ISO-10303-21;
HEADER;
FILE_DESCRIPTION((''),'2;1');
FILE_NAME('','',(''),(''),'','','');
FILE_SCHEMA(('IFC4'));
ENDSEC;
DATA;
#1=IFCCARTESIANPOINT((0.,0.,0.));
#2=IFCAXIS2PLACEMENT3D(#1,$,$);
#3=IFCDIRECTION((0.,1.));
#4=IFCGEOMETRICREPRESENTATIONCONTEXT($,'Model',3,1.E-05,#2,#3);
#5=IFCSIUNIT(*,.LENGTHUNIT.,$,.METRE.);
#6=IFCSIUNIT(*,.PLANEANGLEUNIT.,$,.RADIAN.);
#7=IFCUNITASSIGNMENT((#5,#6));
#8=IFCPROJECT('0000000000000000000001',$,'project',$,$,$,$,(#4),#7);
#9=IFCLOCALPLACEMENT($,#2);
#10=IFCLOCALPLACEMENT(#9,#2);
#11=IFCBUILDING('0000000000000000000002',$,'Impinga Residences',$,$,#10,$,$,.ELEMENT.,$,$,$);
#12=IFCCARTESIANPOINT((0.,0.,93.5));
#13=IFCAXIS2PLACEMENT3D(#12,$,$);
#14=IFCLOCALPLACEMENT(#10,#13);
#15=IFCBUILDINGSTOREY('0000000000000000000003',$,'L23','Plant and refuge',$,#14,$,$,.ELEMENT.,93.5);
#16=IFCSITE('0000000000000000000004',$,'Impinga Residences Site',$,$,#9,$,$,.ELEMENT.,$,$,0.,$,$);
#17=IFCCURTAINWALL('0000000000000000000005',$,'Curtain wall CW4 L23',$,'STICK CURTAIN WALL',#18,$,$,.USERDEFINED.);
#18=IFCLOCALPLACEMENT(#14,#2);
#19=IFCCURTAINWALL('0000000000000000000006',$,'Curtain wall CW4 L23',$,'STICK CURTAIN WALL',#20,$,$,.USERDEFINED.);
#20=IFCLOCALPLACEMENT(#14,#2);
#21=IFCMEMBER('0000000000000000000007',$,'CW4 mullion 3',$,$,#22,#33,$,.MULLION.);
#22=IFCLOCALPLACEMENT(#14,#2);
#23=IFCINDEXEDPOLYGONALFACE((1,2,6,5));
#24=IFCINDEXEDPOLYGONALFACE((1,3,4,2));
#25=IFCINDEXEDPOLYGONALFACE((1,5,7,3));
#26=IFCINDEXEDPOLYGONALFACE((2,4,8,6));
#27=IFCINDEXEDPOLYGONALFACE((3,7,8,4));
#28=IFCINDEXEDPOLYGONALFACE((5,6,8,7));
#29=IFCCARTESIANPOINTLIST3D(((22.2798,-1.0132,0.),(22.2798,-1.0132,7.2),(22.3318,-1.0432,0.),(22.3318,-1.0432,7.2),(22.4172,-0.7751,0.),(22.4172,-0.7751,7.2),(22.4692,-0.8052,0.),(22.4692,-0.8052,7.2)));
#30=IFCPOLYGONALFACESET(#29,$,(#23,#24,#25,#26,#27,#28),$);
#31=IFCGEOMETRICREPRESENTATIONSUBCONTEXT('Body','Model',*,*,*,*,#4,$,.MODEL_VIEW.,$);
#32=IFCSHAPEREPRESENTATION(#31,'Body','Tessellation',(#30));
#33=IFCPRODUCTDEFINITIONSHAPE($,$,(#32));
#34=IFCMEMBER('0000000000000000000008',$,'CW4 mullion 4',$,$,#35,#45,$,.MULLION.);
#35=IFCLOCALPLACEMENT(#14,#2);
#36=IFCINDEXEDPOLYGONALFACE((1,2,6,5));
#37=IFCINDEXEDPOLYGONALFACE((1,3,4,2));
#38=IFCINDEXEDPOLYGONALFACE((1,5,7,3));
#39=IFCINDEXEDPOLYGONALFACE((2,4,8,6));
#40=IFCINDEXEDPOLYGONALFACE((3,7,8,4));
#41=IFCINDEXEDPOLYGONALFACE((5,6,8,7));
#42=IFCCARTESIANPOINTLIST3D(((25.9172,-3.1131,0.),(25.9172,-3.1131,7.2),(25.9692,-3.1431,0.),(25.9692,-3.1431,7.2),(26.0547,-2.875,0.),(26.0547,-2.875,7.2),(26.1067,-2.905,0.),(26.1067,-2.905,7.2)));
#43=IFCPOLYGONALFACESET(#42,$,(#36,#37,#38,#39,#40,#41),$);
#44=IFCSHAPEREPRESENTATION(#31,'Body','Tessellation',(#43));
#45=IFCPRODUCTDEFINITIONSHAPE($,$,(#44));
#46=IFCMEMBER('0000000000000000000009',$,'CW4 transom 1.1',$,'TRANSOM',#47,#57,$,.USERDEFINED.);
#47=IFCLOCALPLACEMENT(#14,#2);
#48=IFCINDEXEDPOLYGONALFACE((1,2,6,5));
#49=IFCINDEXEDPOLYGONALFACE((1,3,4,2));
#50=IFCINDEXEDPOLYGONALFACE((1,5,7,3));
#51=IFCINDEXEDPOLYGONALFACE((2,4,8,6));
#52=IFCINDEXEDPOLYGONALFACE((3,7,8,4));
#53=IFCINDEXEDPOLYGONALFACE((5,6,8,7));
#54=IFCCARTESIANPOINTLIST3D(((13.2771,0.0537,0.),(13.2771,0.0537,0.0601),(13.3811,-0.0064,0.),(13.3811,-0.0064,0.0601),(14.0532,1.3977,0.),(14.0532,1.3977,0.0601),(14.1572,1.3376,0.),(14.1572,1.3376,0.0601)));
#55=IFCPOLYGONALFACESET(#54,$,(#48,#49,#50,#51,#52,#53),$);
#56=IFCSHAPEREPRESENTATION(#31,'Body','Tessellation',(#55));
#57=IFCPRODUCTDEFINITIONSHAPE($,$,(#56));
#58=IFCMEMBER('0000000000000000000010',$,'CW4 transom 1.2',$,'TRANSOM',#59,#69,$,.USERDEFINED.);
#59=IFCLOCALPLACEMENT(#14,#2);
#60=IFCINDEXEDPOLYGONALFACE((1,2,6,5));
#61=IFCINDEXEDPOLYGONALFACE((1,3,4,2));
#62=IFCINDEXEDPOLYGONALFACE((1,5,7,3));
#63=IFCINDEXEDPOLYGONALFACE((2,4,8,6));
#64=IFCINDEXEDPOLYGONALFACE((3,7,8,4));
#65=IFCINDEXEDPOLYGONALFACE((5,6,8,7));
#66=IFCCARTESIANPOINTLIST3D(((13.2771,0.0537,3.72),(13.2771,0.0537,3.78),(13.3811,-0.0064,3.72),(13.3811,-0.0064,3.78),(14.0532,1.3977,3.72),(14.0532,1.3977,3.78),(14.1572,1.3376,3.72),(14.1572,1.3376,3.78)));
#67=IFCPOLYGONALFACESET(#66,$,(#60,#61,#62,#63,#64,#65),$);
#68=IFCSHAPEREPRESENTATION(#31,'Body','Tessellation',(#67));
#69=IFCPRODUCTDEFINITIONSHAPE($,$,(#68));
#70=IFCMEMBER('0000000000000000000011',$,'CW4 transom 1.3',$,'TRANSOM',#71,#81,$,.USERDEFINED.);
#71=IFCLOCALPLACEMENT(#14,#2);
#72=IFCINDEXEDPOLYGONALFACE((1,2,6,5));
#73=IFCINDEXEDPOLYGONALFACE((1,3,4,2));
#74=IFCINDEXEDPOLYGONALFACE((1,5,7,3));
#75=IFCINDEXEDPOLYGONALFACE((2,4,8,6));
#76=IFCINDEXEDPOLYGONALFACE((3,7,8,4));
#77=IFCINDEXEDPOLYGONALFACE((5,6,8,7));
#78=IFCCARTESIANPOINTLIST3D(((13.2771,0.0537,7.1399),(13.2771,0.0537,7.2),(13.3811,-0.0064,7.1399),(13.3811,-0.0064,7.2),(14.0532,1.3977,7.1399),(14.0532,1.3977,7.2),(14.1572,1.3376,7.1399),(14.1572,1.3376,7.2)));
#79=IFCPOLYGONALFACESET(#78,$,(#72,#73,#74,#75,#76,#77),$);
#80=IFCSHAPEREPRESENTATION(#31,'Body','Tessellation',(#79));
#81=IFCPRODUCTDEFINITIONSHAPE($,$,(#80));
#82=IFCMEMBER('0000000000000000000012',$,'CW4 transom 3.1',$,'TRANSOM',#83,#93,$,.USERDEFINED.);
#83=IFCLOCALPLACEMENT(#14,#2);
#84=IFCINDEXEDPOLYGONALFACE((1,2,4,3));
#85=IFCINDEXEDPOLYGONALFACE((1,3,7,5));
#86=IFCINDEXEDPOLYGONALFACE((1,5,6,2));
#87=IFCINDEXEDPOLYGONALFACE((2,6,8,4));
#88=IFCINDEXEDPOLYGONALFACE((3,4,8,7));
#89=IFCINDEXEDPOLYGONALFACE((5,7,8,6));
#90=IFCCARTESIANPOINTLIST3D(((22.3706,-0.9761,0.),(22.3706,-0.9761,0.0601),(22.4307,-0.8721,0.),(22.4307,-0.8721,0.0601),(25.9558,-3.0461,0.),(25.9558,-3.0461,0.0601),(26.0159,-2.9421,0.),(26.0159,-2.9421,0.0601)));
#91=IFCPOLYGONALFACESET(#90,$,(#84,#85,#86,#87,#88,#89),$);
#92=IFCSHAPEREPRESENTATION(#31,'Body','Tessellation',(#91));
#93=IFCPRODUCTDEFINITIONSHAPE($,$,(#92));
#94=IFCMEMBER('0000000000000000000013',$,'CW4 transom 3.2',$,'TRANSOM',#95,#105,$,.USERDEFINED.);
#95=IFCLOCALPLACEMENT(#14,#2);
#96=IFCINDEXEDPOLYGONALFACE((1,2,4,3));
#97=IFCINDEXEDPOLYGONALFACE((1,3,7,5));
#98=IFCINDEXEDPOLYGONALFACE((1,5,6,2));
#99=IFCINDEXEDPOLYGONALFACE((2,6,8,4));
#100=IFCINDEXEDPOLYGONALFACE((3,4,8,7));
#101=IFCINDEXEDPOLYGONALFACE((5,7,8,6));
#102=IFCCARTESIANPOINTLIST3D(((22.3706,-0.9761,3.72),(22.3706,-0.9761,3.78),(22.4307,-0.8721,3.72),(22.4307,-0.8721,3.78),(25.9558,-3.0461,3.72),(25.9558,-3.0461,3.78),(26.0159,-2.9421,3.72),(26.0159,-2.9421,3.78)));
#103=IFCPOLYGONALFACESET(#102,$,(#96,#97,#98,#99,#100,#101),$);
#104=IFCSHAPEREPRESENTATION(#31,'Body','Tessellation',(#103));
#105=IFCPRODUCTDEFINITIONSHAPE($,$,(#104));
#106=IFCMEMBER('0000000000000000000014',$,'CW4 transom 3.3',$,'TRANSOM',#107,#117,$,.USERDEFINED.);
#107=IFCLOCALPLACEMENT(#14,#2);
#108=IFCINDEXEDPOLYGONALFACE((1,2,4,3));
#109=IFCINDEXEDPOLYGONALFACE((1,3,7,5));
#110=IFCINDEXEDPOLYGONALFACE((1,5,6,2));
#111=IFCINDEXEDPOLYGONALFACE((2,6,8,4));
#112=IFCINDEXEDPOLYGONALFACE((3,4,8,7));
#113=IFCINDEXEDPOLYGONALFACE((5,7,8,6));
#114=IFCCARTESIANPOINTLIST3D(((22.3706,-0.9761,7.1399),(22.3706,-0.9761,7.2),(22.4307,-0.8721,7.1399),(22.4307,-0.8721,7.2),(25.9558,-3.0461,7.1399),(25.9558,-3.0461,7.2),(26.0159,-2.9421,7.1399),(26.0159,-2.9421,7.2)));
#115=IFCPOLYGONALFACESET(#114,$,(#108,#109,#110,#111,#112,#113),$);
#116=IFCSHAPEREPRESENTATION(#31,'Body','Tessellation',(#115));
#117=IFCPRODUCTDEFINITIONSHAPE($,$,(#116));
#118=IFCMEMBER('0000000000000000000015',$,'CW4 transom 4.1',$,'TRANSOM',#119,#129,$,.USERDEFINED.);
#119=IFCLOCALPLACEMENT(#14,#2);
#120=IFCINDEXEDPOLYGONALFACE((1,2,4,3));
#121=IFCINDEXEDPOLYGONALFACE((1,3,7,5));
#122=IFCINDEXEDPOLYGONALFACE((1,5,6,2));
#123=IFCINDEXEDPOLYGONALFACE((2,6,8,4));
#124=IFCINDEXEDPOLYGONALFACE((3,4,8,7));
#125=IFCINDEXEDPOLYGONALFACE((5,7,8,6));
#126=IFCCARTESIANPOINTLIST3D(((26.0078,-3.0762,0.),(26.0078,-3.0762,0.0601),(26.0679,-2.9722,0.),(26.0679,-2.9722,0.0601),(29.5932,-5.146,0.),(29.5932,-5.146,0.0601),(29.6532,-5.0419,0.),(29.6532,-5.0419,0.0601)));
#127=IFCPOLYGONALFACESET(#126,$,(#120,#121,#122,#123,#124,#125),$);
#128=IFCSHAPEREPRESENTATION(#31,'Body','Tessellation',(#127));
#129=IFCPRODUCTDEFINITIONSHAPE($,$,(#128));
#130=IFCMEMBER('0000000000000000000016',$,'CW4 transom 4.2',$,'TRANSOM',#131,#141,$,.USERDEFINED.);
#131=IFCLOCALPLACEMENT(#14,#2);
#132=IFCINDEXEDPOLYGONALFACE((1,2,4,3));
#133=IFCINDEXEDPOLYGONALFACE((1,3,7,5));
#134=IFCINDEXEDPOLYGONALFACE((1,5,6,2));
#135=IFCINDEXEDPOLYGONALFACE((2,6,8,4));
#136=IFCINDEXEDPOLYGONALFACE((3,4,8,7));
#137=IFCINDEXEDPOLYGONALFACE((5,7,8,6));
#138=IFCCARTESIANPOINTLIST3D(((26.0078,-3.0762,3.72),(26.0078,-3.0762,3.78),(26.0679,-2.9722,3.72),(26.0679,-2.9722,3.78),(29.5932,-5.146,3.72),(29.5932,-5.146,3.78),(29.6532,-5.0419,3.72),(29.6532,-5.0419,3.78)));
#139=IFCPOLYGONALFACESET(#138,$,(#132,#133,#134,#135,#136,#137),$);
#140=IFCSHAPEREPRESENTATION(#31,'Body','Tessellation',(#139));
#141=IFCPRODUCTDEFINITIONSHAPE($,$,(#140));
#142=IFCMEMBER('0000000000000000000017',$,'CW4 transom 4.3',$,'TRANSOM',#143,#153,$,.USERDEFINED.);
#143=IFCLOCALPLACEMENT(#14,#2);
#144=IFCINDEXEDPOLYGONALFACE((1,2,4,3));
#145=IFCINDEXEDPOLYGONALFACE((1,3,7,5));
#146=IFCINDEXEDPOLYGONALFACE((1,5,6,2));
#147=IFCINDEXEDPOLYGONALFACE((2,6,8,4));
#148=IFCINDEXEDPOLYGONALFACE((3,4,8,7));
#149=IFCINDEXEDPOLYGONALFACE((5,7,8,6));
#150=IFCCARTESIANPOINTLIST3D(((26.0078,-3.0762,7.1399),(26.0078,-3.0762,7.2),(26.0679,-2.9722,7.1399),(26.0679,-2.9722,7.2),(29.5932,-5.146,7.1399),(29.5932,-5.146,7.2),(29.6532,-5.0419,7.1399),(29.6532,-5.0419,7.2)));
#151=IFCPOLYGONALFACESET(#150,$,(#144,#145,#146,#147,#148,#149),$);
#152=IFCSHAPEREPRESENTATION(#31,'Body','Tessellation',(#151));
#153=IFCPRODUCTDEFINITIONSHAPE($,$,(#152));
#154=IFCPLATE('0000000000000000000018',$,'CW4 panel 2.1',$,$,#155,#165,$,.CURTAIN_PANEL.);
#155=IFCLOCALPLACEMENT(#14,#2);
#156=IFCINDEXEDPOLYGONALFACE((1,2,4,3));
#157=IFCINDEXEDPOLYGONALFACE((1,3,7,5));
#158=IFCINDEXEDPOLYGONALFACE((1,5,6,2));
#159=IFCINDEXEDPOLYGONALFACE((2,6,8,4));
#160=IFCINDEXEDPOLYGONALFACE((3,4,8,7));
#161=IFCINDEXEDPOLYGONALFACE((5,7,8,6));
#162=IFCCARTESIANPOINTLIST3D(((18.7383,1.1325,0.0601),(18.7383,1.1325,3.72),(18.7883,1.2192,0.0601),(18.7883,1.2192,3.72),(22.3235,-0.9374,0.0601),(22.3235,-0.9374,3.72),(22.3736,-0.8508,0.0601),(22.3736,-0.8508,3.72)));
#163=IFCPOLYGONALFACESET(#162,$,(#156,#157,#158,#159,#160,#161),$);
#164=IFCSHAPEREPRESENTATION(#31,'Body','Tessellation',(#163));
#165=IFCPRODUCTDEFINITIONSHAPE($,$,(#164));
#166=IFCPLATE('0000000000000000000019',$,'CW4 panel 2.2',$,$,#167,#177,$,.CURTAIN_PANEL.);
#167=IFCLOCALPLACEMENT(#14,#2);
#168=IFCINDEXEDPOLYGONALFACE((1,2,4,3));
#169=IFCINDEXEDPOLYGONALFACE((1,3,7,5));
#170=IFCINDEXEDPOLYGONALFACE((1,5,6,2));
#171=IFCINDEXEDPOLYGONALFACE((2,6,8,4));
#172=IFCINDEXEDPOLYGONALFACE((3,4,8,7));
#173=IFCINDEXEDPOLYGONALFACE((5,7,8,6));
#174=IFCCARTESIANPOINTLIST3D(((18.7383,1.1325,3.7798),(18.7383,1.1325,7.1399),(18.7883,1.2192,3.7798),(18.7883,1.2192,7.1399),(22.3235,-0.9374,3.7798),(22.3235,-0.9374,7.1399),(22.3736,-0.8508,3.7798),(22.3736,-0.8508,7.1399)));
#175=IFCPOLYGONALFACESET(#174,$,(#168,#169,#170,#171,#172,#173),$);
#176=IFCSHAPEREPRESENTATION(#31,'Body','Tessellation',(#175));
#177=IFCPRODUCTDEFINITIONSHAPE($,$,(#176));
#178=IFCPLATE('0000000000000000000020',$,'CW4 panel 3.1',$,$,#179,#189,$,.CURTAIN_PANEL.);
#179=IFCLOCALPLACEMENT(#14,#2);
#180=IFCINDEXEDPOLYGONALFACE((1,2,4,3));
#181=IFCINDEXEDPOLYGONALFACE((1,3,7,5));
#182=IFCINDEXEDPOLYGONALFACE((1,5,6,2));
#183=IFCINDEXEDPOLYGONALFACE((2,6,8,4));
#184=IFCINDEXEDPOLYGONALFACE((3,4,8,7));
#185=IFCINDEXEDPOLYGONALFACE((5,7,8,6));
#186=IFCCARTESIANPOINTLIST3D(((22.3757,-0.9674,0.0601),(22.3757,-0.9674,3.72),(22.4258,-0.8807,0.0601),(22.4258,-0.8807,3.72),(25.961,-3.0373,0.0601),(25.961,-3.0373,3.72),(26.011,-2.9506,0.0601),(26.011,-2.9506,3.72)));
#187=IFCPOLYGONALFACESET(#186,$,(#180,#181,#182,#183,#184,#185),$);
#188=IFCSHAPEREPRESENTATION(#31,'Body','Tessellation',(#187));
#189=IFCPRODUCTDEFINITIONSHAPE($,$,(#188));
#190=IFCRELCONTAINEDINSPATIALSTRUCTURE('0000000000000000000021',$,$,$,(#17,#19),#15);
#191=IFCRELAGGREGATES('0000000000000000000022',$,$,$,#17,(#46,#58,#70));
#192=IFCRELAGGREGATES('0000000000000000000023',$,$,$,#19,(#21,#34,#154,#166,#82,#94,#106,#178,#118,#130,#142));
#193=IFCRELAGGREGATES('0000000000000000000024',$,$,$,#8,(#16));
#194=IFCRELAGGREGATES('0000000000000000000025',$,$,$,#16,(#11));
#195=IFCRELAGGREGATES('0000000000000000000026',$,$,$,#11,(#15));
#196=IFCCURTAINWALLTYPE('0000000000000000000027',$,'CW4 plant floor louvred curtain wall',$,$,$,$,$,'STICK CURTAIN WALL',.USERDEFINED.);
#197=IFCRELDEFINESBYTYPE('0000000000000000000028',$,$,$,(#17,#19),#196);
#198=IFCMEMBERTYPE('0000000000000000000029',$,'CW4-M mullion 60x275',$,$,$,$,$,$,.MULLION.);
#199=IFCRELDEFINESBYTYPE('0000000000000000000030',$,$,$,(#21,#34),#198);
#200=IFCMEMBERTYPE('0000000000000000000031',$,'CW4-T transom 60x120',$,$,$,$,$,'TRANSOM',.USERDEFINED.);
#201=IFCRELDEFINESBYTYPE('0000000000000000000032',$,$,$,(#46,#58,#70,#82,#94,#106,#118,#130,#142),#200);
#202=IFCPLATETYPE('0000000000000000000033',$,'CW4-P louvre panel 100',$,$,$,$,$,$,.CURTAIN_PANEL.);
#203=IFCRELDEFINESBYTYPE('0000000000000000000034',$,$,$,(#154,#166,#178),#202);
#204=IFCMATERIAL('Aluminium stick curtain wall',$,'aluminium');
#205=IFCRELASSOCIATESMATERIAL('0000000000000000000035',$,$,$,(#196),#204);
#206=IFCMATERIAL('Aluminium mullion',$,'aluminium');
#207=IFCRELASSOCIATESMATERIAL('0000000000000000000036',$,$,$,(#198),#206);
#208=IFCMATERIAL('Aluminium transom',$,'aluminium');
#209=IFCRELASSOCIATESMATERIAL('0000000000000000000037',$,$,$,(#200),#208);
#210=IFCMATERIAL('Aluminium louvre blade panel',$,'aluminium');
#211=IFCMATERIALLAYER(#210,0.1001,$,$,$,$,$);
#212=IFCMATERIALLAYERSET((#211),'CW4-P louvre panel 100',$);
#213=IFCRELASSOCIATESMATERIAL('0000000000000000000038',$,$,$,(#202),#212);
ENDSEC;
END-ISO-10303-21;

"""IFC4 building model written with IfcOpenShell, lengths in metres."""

from ifc_helpers import new_model, si_unit, direction, frame, origin, origin_2d, place, context, subcontext, project, spatial, rectangle, extrude, material, layer, layer_set, material_profile, profile_set, type_object, element, aggregate, save


model = new_model("IFC4")

# Units and contexts
model_context = context("Model", 3, precision=1e-05, world=origin(), true_north=direction((0.0, 1.0)))
body_context = subcontext(model_context, "Body", "Model", "MODEL_VIEW")
ifc_project = project(units=[si_unit("LENGTHUNIT", "METRE"), si_unit("PLANEANGLEUNIT", "RADIAN")], contexts=[model_context])

# Site, building, storey
site_placement = place(None, origin())
site = spatial("IfcSite", under=ifc_project, at=site_placement, Name="Impinga Residences Site", CompositionType="ELEMENT", RefElevation=0.0)
building_placement = place(site_placement, origin())
building = spatial("IfcBuilding", under=site, at=building_placement, Name="Impinga Residences", CompositionType="ELEMENT")
storey_placement = place(building_placement, frame((0.0, 0.0, 93.5)))
storey = spatial("IfcBuildingStorey", under=building, at=storey_placement, Name="L23", Description="Plant and refuge", CompositionType="ELEMENT", Elevation=93.5)

# Curtain wall
ifc_material_1 = material(Name="Aluminium stick curtain wall", Category="aluminium")
curtain_wall_type = type_object("IfcCurtainWallType", Name="CW4 plant floor louvred curtain wall", ElementType="STICK CURTAIN WALL", PredefinedType="USERDEFINED", material=ifc_material_1)
curtain_wall_1_placement = place(storey_placement, origin())
curtain_wall_1 = element("IfcCurtainWall", 1, at=curtain_wall_1_placement, inside=storey, type_object=curtain_wall_type, Name="Curtain wall CW4 L23", ObjectType="STICK CURTAIN WALL", PredefinedType="USERDEFINED")
ifc_material_2 = material(Name="Aluminium mullion", Category="aluminium")
ifc_material_profile_1 = material_profile(ifc_material_2, rectangle(XDim=0.0601, YDim=0.2749, at=origin_2d()), Name="60x275 mullion")
ifc_profile_set_1 = profile_set([ifc_material_profile_1], Name="Aluminium mullion")
member_type_1 = type_object("IfcMemberType", Name="CW4-M mullion 60x275", PredefinedType="MULLION", material=ifc_profile_set_1)

# Curtain wall, members
curtain_wall_2_placement = place(storey_placement, origin())
curtain_wall_2 = element("IfcCurtainWall", 2, at=curtain_wall_2_placement, inside=storey, type_object=curtain_wall_type, Name="Curtain wall CW4 L23", ObjectType="STICK CURTAIN WALL", PredefinedType="USERDEFINED")
member_1_placement = place(storey_placement, frame((22.3745, -0.9092, 0.0), z_axis=(0.0, 0.0, 1.0), x_axis=(0.866025, -0.5, 0.0)))
member_1 = element("IfcMember", 3, at=member_1_placement, type_object=member_type_1, Name="CW4 mullion 3", PredefinedType="MULLION", context=body_context, shape_type="SweptSolid", body=[
    extrude(rectangle(XDim=0.0601, YDim=0.2749, at=origin_2d()), origin(), (0.0, 0.0, 1.0), 7.2),
])
member_2_placement = place(storey_placement, frame((26.012, -3.009, 0.0), z_axis=(0.0, 0.0, 1.0), x_axis=(0.866025, -0.5, 0.0)))
member_2 = element("IfcMember", 4, at=member_2_placement, type_object=member_type_1, Name="CW4 mullion 4", PredefinedType="MULLION", context=body_context, shape_type="SweptSolid", body=[
    extrude(rectangle(XDim=0.0601, YDim=0.2749, at=origin_2d()), origin(), (0.0, 0.0, 1.0), 7.2),
])

# Members
ifc_material_3 = material(Name="Aluminium transom", Category="aluminium")
ifc_material_profile_2 = material_profile(ifc_material_3, rectangle(XDim=0.0601, YDim=0.1201, at=origin_2d()), Name="60x120 transom")
ifc_profile_set_2 = profile_set([ifc_material_profile_2], Name="Aluminium transom")
member_type_2 = type_object("IfcMemberType", Name="CW4-T transom 60x120", ElementType="TRANSOM", PredefinedType="USERDEFINED", material=ifc_profile_set_2)
member_3_placement = place(storey_placement, frame((13.3291, 0.0237, 0.03), z_axis=(0.500081, 0.865979, 0.0), x_axis=(0.0, 0.0, 1.0)))
member_3 = element("IfcMember", 5, at=member_3_placement, type_object=member_type_2, Name="CW4 transom 1.1", ObjectType="TRANSOM", PredefinedType="USERDEFINED", context=body_context, shape_type="SweptSolid", body=[
    extrude(rectangle(XDim=0.0601, YDim=0.1201, at=origin_2d()), origin(), (0.0, 0.0, 1.0), 1.552),
])
member_4_placement = place(storey_placement, frame((13.3291, 0.0237, 3.75), z_axis=(0.500081, 0.865979, 0.0), x_axis=(0.0, 0.0, 1.0)))
member_4 = element("IfcMember", 6, at=member_4_placement, type_object=member_type_2, Name="CW4 transom 1.2", ObjectType="TRANSOM", PredefinedType="USERDEFINED", context=body_context, shape_type="SweptSolid", body=[
    extrude(rectangle(XDim=0.0601, YDim=0.1201, at=origin_2d()), origin(), (0.0, 0.0, 1.0), 1.552),
])
member_5_placement = place(storey_placement, frame((13.3291, 0.0237, 7.1699), z_axis=(0.500081, 0.865979, 0.0), x_axis=(0.0, 0.0, 1.0)))
member_5 = element("IfcMember", 7, at=member_5_placement, type_object=member_type_2, Name="CW4 transom 1.3", ObjectType="TRANSOM", PredefinedType="USERDEFINED", context=body_context, shape_type="SweptSolid", body=[
    extrude(rectangle(XDim=0.0601, YDim=0.1201, at=origin_2d()), origin(), (0.0, 0.0, 1.0), 1.552),
])
aggregate(curtain_wall_1, [member_3, member_4, member_5])
member_6_placement = place(storey_placement, frame((22.4006, -0.9241, 0.03), z_axis=(0.86601, -0.500027, 0.0), x_axis=(0.0, 0.0, 1.0)))
member_6 = element("IfcMember", 8, at=member_6_placement, type_object=member_type_2, Name="CW4 transom 3.1", ObjectType="TRANSOM", PredefinedType="USERDEFINED", context=body_context, shape_type="SweptSolid", body=[
    extrude(rectangle(XDim=0.0601, YDim=0.1201, at=origin_2d()), origin(), (0.0, 0.0, 1.0), 4.1399),
])
member_7_placement = place(storey_placement, frame((22.4006, -0.9241, 3.75), z_axis=(0.86601, -0.500027, 0.0), x_axis=(0.0, 0.0, 1.0)))
member_7 = element("IfcMember", 9, at=member_7_placement, type_object=member_type_2, Name="CW4 transom 3.2", ObjectType="TRANSOM", PredefinedType="USERDEFINED", context=body_context, shape_type="SweptSolid", body=[
    extrude(rectangle(XDim=0.0601, YDim=0.1201, at=origin_2d()), origin(), (0.0, 0.0, 1.0), 4.1399),
])
member_8_placement = place(storey_placement, frame((22.4006, -0.9241, 7.1699), z_axis=(0.86601, -0.500027, 0.0), x_axis=(0.0, 0.0, 1.0)))
member_8 = element("IfcMember", 10, at=member_8_placement, type_object=member_type_2, Name="CW4 transom 3.3", ObjectType="TRANSOM", PredefinedType="USERDEFINED", context=body_context, shape_type="SweptSolid", body=[
    extrude(rectangle(XDim=0.0601, YDim=0.1201, at=origin_2d()), origin(), (0.0, 0.0, 1.0), 4.1399),
])
member_9_placement = place(storey_placement, frame((26.0378, -3.0242, 0.03), z_axis=(0.86605, -0.499957, 0.0), x_axis=(0.0, 0.0, 1.0)))
member_9 = element("IfcMember", 11, at=member_9_placement, type_object=member_type_2, Name="CW4 transom 4.1", ObjectType="TRANSOM", PredefinedType="USERDEFINED", context=body_context, shape_type="SweptSolid", body=[
    extrude(rectangle(XDim=0.0601, YDim=0.1201, at=origin_2d()), origin(), (0.0, 0.0, 1.0), 4.1399),
])
member_10_placement = place(storey_placement, frame((26.0378, -3.0242, 3.75), z_axis=(0.86605, -0.499957, 0.0), x_axis=(0.0, 0.0, 1.0)))
member_10 = element("IfcMember", 12, at=member_10_placement, type_object=member_type_2, Name="CW4 transom 4.2", ObjectType="TRANSOM", PredefinedType="USERDEFINED", context=body_context, shape_type="SweptSolid", body=[
    extrude(rectangle(XDim=0.0601, YDim=0.1201, at=origin_2d()), origin(), (0.0, 0.0, 1.0), 4.1399),
])
member_11_placement = place(storey_placement, frame((26.0378, -3.0242, 7.1699), z_axis=(0.86605, -0.499957, 0.0), x_axis=(0.0, 0.0, 1.0)))
member_11 = element("IfcMember", 13, at=member_11_placement, type_object=member_type_2, Name="CW4 transom 4.3", ObjectType="TRANSOM", PredefinedType="USERDEFINED", context=body_context, shape_type="SweptSolid", body=[
    extrude(rectangle(XDim=0.0601, YDim=0.1201, at=origin_2d()), origin(), (0.0, 0.0, 1.0), 4.1399),
])

# Plates
ifc_material_4 = material(Name="Aluminium louvre blade panel", Category="aluminium")
ifc_layer_1 = layer(ifc_material_4, 0.1001)
ifc_layer_set_1 = layer_set([ifc_layer_1], Name="CW4-P louvre panel 100")
plate_type = type_object("IfcPlateType", Name="CW4-P louvre panel 100", PredefinedType="CURTAIN_PANEL", material=ifc_layer_set_1)
plate_1_placement = place(storey_placement, frame((20.5559, 0.1409, 0.0601), z_axis=(0.0, 0.0, 1.0), x_axis=(0.866025, -0.5, 0.0)))
plate_1 = element("IfcPlate", 14, at=plate_1_placement, type_object=plate_type, Name="CW4 panel 2.1", PredefinedType="CURTAIN_PANEL", context=body_context, shape_type="SweptSolid", body=[
    extrude(rectangle(XDim=4.1399, YDim=0.1001, at=origin_2d()), origin(), (0.0, 0.0, 1.0), 3.6599),
])
plate_2_placement = place(storey_placement, frame((20.5559, 0.1409, 3.7798), z_axis=(0.0, 0.0, 1.0), x_axis=(0.866025, -0.5, 0.0)))
plate_2 = element("IfcPlate", 15, at=plate_2_placement, type_object=plate_type, Name="CW4 panel 2.2", PredefinedType="CURTAIN_PANEL", context=body_context, shape_type="SweptSolid", body=[
    extrude(rectangle(XDim=4.1399, YDim=0.1001, at=origin_2d()), origin(), (0.0, 0.0, 1.0), 3.3601),
])
plate_3_placement = place(storey_placement, frame((24.1934, -1.959, 0.0601), z_axis=(0.0, 0.0, 1.0), x_axis=(0.866025, -0.5, 0.0)))
plate_3 = element("IfcPlate", 16, at=plate_3_placement, type_object=plate_type, Name="CW4 panel 3.1", PredefinedType="CURTAIN_PANEL", context=body_context, shape_type="SweptSolid", body=[
    extrude(rectangle(XDim=4.1399, YDim=0.1001, at=origin_2d()), origin(), (0.0, 0.0, 1.0), 3.6599),
])
aggregate(curtain_wall_2, [member_1, member_2, plate_1, plate_2, member_6, member_7, member_8, plate_3, member_9, member_10, member_11])

save(model, "model.ifc")
